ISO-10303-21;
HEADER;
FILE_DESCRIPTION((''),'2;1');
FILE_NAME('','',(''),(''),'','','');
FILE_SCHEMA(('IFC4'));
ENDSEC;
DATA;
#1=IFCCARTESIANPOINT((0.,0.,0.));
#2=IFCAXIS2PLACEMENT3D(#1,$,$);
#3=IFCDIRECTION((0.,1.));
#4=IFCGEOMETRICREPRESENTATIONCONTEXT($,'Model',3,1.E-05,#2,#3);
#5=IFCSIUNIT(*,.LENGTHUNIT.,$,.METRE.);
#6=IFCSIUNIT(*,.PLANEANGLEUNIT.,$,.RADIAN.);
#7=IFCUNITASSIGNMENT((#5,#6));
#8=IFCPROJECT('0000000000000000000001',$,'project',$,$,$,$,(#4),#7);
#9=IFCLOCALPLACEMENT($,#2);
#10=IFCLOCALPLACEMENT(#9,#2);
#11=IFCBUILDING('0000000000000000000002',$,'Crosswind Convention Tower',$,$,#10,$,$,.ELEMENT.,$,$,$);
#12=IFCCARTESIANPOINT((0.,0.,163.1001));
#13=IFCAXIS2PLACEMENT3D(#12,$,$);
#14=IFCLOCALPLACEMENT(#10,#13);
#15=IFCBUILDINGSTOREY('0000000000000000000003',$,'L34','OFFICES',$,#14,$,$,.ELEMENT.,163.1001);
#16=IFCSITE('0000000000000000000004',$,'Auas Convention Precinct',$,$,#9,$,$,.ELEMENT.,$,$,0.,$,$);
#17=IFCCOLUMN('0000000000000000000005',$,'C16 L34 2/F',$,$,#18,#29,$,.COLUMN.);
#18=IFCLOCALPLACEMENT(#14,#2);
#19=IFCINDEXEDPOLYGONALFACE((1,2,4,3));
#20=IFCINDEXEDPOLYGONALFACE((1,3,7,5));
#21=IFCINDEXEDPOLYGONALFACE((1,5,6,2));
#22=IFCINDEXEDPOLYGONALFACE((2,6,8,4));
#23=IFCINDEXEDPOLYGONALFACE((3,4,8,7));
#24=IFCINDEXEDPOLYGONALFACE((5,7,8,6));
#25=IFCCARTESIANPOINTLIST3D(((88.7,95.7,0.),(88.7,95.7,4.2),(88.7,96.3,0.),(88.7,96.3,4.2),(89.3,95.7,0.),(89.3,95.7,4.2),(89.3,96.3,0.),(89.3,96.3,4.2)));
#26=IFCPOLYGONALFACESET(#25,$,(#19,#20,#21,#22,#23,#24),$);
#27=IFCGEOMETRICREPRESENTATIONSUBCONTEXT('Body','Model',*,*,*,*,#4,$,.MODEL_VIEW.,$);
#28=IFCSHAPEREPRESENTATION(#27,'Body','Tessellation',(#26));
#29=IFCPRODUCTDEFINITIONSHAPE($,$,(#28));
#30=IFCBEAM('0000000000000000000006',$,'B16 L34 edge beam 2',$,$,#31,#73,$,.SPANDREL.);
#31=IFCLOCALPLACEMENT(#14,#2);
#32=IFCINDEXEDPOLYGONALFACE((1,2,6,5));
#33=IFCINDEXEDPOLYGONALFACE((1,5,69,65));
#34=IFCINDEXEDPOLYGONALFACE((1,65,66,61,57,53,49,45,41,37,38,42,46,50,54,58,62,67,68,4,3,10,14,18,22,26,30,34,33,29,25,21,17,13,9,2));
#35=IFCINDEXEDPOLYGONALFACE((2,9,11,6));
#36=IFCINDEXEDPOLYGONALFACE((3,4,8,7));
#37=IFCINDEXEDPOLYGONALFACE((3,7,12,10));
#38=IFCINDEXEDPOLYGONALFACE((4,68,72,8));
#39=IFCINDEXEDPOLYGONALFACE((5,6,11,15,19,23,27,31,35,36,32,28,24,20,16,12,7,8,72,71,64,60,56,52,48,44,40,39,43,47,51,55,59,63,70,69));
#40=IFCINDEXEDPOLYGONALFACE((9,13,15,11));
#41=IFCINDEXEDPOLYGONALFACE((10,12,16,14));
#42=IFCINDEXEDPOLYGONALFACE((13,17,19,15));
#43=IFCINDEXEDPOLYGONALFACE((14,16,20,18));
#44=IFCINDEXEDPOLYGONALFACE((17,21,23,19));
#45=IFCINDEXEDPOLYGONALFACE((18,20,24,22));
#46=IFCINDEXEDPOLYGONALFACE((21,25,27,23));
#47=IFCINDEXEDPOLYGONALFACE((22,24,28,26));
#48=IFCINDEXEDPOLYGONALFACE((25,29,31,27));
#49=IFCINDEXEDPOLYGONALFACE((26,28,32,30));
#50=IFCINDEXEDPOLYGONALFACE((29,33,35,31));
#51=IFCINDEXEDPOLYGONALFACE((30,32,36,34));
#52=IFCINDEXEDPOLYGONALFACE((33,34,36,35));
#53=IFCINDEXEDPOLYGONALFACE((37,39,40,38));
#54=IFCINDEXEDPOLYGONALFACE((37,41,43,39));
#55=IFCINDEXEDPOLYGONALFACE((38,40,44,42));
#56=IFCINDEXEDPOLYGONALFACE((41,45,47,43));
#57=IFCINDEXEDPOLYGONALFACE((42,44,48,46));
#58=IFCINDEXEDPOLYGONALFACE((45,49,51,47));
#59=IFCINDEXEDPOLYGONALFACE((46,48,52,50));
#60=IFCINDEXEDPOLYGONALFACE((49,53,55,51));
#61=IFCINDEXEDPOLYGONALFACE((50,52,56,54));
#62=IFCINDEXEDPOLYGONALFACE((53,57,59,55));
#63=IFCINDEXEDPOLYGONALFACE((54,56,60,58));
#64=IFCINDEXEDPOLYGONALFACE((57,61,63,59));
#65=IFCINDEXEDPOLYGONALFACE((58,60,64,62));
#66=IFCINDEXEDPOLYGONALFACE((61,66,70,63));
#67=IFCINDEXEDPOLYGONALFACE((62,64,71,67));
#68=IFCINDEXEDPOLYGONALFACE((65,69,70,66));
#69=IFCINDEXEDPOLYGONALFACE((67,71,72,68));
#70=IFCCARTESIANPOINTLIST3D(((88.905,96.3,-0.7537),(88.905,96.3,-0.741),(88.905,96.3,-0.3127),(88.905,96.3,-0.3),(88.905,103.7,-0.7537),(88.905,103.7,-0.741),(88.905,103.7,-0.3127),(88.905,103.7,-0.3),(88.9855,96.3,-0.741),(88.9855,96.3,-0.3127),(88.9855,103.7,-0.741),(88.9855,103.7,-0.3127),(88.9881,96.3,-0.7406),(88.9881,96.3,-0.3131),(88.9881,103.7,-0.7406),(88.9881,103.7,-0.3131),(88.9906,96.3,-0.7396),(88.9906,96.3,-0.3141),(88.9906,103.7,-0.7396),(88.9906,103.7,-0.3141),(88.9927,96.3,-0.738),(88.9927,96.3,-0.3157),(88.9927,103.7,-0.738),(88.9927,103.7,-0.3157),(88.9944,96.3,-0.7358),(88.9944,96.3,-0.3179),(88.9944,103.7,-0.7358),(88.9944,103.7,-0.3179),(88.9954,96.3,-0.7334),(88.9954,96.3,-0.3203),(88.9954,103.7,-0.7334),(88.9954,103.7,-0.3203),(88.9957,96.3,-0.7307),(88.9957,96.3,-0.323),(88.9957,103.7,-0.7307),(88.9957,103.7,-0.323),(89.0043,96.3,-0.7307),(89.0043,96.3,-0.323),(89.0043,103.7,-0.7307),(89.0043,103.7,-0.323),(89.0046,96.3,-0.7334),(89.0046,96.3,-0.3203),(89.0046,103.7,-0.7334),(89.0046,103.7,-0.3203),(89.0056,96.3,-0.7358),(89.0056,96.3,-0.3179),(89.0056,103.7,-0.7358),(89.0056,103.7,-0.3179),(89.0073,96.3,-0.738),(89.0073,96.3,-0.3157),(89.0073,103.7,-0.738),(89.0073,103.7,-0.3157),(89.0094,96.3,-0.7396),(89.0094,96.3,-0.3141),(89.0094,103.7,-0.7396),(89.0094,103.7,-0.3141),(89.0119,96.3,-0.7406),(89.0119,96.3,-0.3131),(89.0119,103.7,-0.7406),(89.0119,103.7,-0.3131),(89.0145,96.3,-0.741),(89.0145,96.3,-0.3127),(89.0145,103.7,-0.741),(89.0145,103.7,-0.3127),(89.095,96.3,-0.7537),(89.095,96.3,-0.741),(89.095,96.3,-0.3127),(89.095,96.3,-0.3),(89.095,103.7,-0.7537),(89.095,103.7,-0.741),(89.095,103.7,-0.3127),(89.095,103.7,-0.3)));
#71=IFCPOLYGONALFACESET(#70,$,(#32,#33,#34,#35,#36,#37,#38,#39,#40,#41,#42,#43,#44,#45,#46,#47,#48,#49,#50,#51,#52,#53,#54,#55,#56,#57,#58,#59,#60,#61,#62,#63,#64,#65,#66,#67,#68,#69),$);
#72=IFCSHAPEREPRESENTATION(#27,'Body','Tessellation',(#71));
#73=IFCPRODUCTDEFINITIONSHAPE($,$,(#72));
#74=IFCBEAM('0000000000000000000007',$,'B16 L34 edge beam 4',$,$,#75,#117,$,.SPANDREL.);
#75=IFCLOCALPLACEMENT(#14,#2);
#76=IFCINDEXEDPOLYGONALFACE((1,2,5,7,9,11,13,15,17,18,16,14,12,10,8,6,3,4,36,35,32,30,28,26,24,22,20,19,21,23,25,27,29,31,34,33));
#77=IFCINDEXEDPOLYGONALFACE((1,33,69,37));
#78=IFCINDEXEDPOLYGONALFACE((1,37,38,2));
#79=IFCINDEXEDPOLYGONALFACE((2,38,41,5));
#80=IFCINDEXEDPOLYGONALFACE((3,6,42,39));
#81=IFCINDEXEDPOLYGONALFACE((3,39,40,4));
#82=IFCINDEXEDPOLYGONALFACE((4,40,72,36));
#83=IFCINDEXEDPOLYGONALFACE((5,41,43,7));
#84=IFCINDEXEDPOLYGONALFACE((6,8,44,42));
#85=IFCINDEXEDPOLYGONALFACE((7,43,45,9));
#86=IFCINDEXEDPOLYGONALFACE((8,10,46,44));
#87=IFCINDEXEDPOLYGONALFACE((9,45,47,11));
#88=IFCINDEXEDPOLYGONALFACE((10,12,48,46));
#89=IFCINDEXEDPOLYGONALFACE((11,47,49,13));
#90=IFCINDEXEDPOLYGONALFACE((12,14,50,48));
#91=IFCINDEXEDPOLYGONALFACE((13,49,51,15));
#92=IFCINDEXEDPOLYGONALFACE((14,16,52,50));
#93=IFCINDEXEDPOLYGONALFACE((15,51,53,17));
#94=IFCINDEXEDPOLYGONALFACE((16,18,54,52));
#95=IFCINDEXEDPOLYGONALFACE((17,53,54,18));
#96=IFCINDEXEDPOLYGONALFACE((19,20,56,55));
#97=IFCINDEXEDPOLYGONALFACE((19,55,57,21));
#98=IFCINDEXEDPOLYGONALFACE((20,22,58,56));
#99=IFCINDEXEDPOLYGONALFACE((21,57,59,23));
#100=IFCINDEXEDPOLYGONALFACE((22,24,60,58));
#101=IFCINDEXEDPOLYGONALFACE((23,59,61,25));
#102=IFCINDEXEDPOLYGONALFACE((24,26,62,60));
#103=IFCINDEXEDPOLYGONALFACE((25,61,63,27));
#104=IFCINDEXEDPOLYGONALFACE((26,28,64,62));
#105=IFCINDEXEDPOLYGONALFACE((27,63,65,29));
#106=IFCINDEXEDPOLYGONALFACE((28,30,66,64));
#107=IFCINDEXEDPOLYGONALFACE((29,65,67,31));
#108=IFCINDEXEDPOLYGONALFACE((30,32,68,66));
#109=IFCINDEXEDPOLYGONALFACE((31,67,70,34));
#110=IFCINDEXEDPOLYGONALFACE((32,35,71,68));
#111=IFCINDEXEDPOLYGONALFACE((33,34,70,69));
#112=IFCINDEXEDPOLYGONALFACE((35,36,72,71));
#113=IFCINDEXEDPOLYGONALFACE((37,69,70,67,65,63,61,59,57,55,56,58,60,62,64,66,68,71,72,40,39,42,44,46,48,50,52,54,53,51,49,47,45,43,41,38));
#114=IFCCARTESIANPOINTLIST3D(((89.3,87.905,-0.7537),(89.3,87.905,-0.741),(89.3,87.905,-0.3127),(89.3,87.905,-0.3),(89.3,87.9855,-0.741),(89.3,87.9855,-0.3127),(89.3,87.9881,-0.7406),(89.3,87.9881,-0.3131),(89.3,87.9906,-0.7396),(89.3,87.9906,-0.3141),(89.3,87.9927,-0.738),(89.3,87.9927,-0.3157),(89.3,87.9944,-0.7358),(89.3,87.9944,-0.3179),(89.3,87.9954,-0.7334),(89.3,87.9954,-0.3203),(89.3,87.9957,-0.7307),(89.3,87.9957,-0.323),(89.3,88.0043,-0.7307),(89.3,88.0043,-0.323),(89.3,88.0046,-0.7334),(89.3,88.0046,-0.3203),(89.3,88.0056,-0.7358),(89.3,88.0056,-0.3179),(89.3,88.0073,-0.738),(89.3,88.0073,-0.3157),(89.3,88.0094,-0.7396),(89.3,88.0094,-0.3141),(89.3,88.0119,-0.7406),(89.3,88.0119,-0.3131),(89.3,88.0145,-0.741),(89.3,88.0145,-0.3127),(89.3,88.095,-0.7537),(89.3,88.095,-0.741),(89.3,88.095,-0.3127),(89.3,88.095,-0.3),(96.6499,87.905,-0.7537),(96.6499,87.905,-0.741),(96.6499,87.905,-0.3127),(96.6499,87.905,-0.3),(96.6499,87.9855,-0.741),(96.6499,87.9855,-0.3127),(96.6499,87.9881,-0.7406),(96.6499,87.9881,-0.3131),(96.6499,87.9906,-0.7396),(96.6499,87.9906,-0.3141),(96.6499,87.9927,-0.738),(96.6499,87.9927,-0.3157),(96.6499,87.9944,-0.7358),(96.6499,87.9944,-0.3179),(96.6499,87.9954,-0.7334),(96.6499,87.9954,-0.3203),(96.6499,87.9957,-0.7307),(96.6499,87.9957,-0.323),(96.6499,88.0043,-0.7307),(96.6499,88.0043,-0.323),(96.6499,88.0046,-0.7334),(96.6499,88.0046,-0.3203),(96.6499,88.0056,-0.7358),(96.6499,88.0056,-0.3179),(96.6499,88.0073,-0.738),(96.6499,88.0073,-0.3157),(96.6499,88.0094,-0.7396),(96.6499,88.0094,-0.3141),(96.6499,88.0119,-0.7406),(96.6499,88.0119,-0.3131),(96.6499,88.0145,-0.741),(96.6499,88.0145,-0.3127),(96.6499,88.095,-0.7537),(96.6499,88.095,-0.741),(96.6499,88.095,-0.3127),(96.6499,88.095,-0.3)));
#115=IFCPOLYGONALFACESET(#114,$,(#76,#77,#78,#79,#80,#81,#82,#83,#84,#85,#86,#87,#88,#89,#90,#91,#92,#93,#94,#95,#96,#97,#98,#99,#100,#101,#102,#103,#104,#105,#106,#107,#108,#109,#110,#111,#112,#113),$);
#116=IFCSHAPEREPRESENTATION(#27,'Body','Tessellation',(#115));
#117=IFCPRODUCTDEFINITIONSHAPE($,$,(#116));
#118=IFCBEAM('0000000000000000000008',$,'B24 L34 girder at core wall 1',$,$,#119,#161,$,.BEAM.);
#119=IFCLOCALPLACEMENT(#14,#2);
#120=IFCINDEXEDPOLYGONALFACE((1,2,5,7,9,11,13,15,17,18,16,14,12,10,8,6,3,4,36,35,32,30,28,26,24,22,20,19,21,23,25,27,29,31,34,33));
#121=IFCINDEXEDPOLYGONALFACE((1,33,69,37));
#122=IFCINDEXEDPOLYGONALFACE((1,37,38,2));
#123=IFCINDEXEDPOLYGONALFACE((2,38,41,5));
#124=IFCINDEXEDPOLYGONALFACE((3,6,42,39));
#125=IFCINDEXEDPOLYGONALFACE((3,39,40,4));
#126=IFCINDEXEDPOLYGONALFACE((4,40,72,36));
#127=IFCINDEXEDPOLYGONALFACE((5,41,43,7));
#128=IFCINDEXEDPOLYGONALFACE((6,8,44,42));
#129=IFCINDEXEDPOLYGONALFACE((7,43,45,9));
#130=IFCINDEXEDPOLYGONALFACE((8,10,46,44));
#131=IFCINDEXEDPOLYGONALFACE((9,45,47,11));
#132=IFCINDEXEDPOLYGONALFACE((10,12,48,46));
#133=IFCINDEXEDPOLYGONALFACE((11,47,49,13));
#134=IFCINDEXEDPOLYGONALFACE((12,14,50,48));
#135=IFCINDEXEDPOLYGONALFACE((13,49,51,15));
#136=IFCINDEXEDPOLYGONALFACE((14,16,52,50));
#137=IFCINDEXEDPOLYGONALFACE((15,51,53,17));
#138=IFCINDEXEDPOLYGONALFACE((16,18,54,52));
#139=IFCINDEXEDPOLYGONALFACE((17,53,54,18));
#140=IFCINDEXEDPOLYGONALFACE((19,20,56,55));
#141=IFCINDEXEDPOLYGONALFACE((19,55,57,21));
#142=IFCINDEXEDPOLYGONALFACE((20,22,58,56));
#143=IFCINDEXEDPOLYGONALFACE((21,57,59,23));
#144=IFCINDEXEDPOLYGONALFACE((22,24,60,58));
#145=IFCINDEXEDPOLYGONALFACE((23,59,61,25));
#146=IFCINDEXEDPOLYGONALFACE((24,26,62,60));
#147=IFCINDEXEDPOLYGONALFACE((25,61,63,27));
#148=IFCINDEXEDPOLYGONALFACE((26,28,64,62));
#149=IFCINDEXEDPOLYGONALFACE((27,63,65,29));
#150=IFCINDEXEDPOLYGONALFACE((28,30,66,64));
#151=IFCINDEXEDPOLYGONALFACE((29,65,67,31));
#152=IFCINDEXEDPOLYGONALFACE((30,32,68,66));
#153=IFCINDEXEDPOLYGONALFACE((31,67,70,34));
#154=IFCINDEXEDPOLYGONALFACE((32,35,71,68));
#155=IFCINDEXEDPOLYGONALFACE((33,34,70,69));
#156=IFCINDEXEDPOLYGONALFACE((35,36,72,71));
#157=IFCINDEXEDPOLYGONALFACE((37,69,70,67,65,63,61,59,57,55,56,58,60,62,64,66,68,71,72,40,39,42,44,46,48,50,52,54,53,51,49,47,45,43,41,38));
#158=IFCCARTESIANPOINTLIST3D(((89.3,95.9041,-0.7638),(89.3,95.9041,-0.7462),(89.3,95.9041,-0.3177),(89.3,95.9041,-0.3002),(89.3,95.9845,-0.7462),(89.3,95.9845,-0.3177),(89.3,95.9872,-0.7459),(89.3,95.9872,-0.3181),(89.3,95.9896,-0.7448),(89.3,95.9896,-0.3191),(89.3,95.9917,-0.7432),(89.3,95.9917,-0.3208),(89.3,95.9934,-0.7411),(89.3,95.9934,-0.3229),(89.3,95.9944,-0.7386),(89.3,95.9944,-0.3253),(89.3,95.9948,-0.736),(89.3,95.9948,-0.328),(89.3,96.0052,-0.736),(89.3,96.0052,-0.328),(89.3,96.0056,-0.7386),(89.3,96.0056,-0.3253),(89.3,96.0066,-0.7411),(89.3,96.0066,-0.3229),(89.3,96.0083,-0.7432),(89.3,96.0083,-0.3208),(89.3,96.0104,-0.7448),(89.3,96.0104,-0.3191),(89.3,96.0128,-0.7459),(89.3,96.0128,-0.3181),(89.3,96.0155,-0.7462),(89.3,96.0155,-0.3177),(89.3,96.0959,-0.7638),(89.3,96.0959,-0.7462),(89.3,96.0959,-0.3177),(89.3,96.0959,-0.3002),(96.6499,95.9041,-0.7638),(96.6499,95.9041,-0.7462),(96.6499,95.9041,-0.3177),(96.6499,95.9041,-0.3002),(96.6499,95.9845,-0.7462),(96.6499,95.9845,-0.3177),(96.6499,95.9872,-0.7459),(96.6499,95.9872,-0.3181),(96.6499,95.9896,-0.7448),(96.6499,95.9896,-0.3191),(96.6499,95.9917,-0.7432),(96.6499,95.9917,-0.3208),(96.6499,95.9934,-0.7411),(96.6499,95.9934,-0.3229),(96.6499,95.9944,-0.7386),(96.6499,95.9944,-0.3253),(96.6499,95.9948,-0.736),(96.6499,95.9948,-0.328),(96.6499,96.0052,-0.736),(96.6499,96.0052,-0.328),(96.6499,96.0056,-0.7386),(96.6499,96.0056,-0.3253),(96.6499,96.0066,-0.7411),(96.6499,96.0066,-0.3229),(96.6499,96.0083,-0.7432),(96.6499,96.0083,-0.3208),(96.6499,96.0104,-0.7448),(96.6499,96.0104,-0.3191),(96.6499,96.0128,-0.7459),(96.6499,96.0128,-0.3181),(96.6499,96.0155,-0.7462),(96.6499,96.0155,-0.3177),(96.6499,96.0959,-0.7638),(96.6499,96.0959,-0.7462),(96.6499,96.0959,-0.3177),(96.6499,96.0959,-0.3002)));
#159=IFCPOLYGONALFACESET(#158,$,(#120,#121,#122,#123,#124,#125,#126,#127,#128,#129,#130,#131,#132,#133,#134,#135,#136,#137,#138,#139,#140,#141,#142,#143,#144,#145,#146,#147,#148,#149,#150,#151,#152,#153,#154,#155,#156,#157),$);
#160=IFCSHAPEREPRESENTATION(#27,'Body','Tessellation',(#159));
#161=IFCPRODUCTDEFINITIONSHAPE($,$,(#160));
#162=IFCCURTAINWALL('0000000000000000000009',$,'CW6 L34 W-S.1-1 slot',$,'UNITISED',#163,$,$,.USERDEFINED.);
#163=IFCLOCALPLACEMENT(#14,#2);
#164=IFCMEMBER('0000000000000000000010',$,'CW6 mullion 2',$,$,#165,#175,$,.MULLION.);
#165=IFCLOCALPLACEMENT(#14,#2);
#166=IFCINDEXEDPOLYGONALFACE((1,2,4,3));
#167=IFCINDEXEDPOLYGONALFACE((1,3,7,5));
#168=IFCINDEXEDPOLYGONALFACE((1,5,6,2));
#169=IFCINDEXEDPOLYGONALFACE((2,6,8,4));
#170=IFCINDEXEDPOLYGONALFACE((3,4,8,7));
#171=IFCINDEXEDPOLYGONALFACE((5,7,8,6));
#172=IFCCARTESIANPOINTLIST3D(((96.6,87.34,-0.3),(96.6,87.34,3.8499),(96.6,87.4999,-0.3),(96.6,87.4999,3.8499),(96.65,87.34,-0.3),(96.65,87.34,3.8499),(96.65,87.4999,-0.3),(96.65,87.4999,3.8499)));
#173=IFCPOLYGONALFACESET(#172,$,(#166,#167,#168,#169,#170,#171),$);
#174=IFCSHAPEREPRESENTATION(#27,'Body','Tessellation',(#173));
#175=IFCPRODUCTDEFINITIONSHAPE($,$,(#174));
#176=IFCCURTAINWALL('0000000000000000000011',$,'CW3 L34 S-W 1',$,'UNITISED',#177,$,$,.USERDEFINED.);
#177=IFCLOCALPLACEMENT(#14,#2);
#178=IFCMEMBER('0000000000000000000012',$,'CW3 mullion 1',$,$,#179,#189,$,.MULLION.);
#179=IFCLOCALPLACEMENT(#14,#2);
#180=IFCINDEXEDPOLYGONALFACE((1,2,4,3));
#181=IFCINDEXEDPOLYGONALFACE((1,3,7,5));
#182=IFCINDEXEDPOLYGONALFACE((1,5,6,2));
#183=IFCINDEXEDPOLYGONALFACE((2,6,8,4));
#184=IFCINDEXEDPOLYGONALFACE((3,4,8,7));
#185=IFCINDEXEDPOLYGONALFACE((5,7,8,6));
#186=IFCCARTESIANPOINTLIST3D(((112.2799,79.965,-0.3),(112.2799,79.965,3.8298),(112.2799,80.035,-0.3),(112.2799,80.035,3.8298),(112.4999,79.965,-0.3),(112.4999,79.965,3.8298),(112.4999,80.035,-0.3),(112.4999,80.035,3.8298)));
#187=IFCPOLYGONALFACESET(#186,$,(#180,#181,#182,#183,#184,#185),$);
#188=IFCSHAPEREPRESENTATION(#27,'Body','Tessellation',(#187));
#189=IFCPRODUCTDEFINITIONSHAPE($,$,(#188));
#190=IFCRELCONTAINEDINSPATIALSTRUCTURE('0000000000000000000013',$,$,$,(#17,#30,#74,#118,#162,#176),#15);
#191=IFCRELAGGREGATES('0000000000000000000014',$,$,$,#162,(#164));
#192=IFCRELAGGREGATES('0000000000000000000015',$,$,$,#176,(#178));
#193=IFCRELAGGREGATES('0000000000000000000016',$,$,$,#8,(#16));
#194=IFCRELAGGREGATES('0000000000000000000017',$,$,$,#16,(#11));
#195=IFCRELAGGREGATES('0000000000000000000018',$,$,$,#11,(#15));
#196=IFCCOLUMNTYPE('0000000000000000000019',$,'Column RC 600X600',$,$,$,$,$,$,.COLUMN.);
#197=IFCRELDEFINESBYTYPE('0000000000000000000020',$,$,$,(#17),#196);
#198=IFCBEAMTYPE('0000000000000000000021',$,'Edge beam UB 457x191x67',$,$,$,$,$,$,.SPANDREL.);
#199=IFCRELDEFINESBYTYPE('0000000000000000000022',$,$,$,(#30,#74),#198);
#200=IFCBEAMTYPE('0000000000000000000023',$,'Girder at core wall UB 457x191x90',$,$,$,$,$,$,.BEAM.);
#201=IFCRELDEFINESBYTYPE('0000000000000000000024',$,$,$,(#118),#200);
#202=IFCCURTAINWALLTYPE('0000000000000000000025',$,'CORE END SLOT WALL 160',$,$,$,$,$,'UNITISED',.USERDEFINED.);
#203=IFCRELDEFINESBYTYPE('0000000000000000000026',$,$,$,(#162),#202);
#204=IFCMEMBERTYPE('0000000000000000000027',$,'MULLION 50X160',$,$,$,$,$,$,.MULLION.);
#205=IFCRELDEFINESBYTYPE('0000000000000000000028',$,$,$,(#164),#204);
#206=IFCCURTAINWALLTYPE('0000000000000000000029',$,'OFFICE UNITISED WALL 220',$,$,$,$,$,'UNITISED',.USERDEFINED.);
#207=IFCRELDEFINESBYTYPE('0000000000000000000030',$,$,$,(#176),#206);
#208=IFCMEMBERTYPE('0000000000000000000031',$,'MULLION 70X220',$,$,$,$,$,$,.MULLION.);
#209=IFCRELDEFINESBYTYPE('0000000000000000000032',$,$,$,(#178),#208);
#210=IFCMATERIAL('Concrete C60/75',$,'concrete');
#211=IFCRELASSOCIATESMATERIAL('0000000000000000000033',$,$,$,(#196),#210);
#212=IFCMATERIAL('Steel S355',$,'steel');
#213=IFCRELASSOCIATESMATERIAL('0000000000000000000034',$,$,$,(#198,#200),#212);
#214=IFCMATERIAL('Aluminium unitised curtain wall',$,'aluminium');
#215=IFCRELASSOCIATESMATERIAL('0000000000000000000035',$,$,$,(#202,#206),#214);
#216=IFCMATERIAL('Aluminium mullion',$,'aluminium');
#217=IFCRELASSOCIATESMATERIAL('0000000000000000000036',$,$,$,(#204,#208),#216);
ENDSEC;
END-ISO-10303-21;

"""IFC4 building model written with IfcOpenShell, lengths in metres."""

from ifc_helpers import new_model, si_unit, direction, frame, origin, origin_2d, place, context, subcontext, project, spatial, rectangle, i_section, extrude, material, material_profile, profile_set, type_object, element, aggregate, save


model = new_model("IFC4")

# Units and contexts
model_context = context("Model", 3, precision=1e-05, world=origin(), true_north=direction((0.0, 1.0)))
body_context = subcontext(model_context, "Body", "Model", "MODEL_VIEW")
ifc_project = project(units=[si_unit("LENGTHUNIT", "METRE"), si_unit("PLANEANGLEUNIT", "RADIAN")], contexts=[model_context])

# Site, building, storey
site_placement = place(None, origin())
site = spatial("IfcSite", under=ifc_project, at=site_placement, Name="Auas Convention Precinct", CompositionType="ELEMENT", RefElevation=0.0)
building_placement = place(site_placement, origin())
building = spatial("IfcBuilding", under=site, at=building_placement, Name="Crosswind Convention Tower", CompositionType="ELEMENT")
storey_placement = place(building_placement, frame((0.0, 0.0, 163.1001)))
storey = spatial("IfcBuildingStorey", under=building, at=storey_placement, Name="L34", Description="OFFICES", CompositionType="ELEMENT", Elevation=163.1001)

# Column
ifc_material_1 = material(Name="Concrete C60/75", Category="concrete")
ifc_material_profile_1 = material_profile(ifc_material_1, rectangle(XDim=0.6001, YDim=0.6001, at=origin_2d()), Name="RC 600X600")
ifc_profile_set_1 = profile_set([ifc_material_profile_1], Name="Concrete C60/75")
column_type = type_object("IfcColumnType", Name="Column RC 600X600", PredefinedType="COLUMN", material=ifc_profile_set_1)
column_placement = place(storey_placement, frame((89.0, 96.0, 0.0), z_axis=(0.0, 0.0, 1.0), x_axis=(1.0, 0.0, 0.0)))
element("IfcColumn", 1, at=column_placement, inside=storey, type_object=column_type, Name="C16 L34 2/F", PredefinedType="COLUMN", context=body_context, shape_type="SweptSolid", body=[
    extrude(rectangle(XDim=0.6001, YDim=0.6001, at=origin_2d()), origin(), (0.0, 0.0, 1.0), 4.2),
])

# Beams
ifc_material_2 = material(Name="Steel S355", Category="steel")
ifc_material_profile_2 = material_profile(ifc_material_2, i_section(OverallWidth=0.1899, OverallDepth=0.4536, WebThickness=0.0085, FlangeThickness=0.0127, FilletRadius=0.0103, at=origin_2d()), Name="UB 457x191x67")
ifc_profile_set_2 = profile_set([ifc_material_profile_2], Name="Steel S355")
beam_type_1 = type_object("IfcBeamType", Name="Edge beam UB 457x191x67", PredefinedType="SPANDREL", material=ifc_profile_set_2)
beam_1_placement = place(storey_placement, frame((89.0, 96.3, -0.5269), z_axis=(0.0, 1.0, 0.0), x_axis=(-1.0, 0.0, 0.0)))
element("IfcBeam", 2, at=beam_1_placement, inside=storey, type_object=beam_type_1, Name="B16 L34 edge beam 2", PredefinedType="SPANDREL", context=body_context, shape_type="SweptSolid", body=[
    extrude(i_section(OverallWidth=0.1899, OverallDepth=0.4536, WebThickness=0.0085, FlangeThickness=0.0127, FilletRadius=0.0103, at=origin_2d()), origin(), (0.0, 0.0, 1.0), 7.3999),
])
beam_2_placement = place(storey_placement, frame((89.3, 88.0, -0.5269), z_axis=(1.0, 0.0, 0.0), x_axis=(0.0, 1.0, 0.0)))
element("IfcBeam", 3, at=beam_2_placement, inside=storey, type_object=beam_type_1, Name="B16 L34 edge beam 4", PredefinedType="SPANDREL", context=body_context, shape_type="SweptSolid", body=[
    extrude(i_section(OverallWidth=0.1899, OverallDepth=0.4536, WebThickness=0.0085, FlangeThickness=0.0127, FilletRadius=0.0103, at=origin_2d()), origin(), (0.0, 0.0, 1.0), 7.3499),
])
ifc_material_profile_3 = material_profile(ifc_material_2, i_section(OverallWidth=0.1919, OverallDepth=0.4636, WebThickness=0.0105, FlangeThickness=0.0176, FilletRadius=0.0103, at=origin_2d()), Name="UB 457x191x90")
ifc_profile_set_3 = profile_set([ifc_material_profile_3], Name="Steel S355")
beam_type_2 = type_object("IfcBeamType", Name="Girder at core wall UB 457x191x90", PredefinedType="BEAM", material=ifc_profile_set_3)
beam_3_placement = place(storey_placement, frame((89.3, 96.0, -0.532), z_axis=(1.0, 0.0, 0.0), x_axis=(0.0, 1.0, 0.0)))
element("IfcBeam", 4, at=beam_3_placement, inside=storey, type_object=beam_type_2, Name="B24 L34 girder at core wall 1", PredefinedType="BEAM", context=body_context, shape_type="SweptSolid", body=[
    extrude(i_section(OverallWidth=0.1919, OverallDepth=0.4636, WebThickness=0.0105, FlangeThickness=0.0176, FilletRadius=0.0103, at=origin_2d()), origin(), (0.0, 0.0, 1.0), 7.3499),
])

# Curtain wall, member
ifc_material_3 = material(Name="Aluminium unitised curtain wall", Category="aluminium")
curtain_wall_type_1 = type_object("IfcCurtainWallType", Name="CORE END SLOT WALL 160", ElementType="UNITISED", PredefinedType="USERDEFINED", material=ifc_material_3)
curtain_wall_1_placement = place(storey_placement, origin())
curtain_wall_1 = element("IfcCurtainWall", 5, at=curtain_wall_1_placement, inside=storey, type_object=curtain_wall_type_1, Name="CW6 L34 W-S.1-1 slot", ObjectType="UNITISED", PredefinedType="USERDEFINED")
ifc_material_4 = material(Name="Aluminium mullion", Category="aluminium")
ifc_material_profile_4 = material_profile(ifc_material_4, rectangle(XDim=0.1599, YDim=0.05, at=origin_2d()), Name="AL 160X50")
ifc_profile_set_4 = profile_set([ifc_material_profile_4], Name="Aluminium mullion")
member_type_1 = type_object("IfcMemberType", Name="MULLION 50X160", PredefinedType="MULLION", material=ifc_profile_set_4)
member_1_placement = place(storey_placement, frame((96.625, 87.4199, -0.3), z_axis=(0.0, 0.0, 1.0), x_axis=(0.0, -1.0, 0.0)))
member_1 = element("IfcMember", 6, at=member_1_placement, type_object=member_type_1, Name="CW6 mullion 2", PredefinedType="MULLION", context=body_context, shape_type="SweptSolid", body=[
    extrude(rectangle(XDim=0.1599, YDim=0.05, at=origin_2d()), origin(), (0.0, 0.0, 1.0), 4.1499),
])
aggregate(curtain_wall_1, [member_1])

# Curtain wall, member
curtain_wall_type_2 = type_object("IfcCurtainWallType", Name="OFFICE UNITISED WALL 220", ElementType="UNITISED", PredefinedType="USERDEFINED", material=ifc_material_3)
curtain_wall_2_placement = place(storey_placement, origin())
curtain_wall_2 = element("IfcCurtainWall", 7, at=curtain_wall_2_placement, inside=storey, type_object=curtain_wall_type_2, Name="CW3 L34 S-W 1", ObjectType="UNITISED", PredefinedType="USERDEFINED")
ifc_material_profile_5 = material_profile(ifc_material_4, rectangle(XDim=0.22, YDim=0.0701, at=origin_2d()), Name="AL 220X70")
ifc_profile_set_5 = profile_set([ifc_material_profile_5], Name="Aluminium mullion")
member_type_2 = type_object("IfcMemberType", Name="MULLION 70X220", PredefinedType="MULLION", material=ifc_profile_set_5)
member_2_placement = place(storey_placement, frame((112.3899, 80.0, -0.3), z_axis=(0.0, 0.0, 1.0), x_axis=(-1.0, 0.0, 0.0)))
member_2 = element("IfcMember", 8, at=member_2_placement, type_object=member_type_2, Name="CW3 mullion 1", PredefinedType="MULLION", context=body_context, shape_type="SweptSolid", body=[
    extrude(rectangle(XDim=0.22, YDim=0.0701, at=origin_2d()), origin(), (0.0, 0.0, 1.0), 4.1299),
])

aggregate(curtain_wall_2, [member_2])

save(model, "model.ifc")
